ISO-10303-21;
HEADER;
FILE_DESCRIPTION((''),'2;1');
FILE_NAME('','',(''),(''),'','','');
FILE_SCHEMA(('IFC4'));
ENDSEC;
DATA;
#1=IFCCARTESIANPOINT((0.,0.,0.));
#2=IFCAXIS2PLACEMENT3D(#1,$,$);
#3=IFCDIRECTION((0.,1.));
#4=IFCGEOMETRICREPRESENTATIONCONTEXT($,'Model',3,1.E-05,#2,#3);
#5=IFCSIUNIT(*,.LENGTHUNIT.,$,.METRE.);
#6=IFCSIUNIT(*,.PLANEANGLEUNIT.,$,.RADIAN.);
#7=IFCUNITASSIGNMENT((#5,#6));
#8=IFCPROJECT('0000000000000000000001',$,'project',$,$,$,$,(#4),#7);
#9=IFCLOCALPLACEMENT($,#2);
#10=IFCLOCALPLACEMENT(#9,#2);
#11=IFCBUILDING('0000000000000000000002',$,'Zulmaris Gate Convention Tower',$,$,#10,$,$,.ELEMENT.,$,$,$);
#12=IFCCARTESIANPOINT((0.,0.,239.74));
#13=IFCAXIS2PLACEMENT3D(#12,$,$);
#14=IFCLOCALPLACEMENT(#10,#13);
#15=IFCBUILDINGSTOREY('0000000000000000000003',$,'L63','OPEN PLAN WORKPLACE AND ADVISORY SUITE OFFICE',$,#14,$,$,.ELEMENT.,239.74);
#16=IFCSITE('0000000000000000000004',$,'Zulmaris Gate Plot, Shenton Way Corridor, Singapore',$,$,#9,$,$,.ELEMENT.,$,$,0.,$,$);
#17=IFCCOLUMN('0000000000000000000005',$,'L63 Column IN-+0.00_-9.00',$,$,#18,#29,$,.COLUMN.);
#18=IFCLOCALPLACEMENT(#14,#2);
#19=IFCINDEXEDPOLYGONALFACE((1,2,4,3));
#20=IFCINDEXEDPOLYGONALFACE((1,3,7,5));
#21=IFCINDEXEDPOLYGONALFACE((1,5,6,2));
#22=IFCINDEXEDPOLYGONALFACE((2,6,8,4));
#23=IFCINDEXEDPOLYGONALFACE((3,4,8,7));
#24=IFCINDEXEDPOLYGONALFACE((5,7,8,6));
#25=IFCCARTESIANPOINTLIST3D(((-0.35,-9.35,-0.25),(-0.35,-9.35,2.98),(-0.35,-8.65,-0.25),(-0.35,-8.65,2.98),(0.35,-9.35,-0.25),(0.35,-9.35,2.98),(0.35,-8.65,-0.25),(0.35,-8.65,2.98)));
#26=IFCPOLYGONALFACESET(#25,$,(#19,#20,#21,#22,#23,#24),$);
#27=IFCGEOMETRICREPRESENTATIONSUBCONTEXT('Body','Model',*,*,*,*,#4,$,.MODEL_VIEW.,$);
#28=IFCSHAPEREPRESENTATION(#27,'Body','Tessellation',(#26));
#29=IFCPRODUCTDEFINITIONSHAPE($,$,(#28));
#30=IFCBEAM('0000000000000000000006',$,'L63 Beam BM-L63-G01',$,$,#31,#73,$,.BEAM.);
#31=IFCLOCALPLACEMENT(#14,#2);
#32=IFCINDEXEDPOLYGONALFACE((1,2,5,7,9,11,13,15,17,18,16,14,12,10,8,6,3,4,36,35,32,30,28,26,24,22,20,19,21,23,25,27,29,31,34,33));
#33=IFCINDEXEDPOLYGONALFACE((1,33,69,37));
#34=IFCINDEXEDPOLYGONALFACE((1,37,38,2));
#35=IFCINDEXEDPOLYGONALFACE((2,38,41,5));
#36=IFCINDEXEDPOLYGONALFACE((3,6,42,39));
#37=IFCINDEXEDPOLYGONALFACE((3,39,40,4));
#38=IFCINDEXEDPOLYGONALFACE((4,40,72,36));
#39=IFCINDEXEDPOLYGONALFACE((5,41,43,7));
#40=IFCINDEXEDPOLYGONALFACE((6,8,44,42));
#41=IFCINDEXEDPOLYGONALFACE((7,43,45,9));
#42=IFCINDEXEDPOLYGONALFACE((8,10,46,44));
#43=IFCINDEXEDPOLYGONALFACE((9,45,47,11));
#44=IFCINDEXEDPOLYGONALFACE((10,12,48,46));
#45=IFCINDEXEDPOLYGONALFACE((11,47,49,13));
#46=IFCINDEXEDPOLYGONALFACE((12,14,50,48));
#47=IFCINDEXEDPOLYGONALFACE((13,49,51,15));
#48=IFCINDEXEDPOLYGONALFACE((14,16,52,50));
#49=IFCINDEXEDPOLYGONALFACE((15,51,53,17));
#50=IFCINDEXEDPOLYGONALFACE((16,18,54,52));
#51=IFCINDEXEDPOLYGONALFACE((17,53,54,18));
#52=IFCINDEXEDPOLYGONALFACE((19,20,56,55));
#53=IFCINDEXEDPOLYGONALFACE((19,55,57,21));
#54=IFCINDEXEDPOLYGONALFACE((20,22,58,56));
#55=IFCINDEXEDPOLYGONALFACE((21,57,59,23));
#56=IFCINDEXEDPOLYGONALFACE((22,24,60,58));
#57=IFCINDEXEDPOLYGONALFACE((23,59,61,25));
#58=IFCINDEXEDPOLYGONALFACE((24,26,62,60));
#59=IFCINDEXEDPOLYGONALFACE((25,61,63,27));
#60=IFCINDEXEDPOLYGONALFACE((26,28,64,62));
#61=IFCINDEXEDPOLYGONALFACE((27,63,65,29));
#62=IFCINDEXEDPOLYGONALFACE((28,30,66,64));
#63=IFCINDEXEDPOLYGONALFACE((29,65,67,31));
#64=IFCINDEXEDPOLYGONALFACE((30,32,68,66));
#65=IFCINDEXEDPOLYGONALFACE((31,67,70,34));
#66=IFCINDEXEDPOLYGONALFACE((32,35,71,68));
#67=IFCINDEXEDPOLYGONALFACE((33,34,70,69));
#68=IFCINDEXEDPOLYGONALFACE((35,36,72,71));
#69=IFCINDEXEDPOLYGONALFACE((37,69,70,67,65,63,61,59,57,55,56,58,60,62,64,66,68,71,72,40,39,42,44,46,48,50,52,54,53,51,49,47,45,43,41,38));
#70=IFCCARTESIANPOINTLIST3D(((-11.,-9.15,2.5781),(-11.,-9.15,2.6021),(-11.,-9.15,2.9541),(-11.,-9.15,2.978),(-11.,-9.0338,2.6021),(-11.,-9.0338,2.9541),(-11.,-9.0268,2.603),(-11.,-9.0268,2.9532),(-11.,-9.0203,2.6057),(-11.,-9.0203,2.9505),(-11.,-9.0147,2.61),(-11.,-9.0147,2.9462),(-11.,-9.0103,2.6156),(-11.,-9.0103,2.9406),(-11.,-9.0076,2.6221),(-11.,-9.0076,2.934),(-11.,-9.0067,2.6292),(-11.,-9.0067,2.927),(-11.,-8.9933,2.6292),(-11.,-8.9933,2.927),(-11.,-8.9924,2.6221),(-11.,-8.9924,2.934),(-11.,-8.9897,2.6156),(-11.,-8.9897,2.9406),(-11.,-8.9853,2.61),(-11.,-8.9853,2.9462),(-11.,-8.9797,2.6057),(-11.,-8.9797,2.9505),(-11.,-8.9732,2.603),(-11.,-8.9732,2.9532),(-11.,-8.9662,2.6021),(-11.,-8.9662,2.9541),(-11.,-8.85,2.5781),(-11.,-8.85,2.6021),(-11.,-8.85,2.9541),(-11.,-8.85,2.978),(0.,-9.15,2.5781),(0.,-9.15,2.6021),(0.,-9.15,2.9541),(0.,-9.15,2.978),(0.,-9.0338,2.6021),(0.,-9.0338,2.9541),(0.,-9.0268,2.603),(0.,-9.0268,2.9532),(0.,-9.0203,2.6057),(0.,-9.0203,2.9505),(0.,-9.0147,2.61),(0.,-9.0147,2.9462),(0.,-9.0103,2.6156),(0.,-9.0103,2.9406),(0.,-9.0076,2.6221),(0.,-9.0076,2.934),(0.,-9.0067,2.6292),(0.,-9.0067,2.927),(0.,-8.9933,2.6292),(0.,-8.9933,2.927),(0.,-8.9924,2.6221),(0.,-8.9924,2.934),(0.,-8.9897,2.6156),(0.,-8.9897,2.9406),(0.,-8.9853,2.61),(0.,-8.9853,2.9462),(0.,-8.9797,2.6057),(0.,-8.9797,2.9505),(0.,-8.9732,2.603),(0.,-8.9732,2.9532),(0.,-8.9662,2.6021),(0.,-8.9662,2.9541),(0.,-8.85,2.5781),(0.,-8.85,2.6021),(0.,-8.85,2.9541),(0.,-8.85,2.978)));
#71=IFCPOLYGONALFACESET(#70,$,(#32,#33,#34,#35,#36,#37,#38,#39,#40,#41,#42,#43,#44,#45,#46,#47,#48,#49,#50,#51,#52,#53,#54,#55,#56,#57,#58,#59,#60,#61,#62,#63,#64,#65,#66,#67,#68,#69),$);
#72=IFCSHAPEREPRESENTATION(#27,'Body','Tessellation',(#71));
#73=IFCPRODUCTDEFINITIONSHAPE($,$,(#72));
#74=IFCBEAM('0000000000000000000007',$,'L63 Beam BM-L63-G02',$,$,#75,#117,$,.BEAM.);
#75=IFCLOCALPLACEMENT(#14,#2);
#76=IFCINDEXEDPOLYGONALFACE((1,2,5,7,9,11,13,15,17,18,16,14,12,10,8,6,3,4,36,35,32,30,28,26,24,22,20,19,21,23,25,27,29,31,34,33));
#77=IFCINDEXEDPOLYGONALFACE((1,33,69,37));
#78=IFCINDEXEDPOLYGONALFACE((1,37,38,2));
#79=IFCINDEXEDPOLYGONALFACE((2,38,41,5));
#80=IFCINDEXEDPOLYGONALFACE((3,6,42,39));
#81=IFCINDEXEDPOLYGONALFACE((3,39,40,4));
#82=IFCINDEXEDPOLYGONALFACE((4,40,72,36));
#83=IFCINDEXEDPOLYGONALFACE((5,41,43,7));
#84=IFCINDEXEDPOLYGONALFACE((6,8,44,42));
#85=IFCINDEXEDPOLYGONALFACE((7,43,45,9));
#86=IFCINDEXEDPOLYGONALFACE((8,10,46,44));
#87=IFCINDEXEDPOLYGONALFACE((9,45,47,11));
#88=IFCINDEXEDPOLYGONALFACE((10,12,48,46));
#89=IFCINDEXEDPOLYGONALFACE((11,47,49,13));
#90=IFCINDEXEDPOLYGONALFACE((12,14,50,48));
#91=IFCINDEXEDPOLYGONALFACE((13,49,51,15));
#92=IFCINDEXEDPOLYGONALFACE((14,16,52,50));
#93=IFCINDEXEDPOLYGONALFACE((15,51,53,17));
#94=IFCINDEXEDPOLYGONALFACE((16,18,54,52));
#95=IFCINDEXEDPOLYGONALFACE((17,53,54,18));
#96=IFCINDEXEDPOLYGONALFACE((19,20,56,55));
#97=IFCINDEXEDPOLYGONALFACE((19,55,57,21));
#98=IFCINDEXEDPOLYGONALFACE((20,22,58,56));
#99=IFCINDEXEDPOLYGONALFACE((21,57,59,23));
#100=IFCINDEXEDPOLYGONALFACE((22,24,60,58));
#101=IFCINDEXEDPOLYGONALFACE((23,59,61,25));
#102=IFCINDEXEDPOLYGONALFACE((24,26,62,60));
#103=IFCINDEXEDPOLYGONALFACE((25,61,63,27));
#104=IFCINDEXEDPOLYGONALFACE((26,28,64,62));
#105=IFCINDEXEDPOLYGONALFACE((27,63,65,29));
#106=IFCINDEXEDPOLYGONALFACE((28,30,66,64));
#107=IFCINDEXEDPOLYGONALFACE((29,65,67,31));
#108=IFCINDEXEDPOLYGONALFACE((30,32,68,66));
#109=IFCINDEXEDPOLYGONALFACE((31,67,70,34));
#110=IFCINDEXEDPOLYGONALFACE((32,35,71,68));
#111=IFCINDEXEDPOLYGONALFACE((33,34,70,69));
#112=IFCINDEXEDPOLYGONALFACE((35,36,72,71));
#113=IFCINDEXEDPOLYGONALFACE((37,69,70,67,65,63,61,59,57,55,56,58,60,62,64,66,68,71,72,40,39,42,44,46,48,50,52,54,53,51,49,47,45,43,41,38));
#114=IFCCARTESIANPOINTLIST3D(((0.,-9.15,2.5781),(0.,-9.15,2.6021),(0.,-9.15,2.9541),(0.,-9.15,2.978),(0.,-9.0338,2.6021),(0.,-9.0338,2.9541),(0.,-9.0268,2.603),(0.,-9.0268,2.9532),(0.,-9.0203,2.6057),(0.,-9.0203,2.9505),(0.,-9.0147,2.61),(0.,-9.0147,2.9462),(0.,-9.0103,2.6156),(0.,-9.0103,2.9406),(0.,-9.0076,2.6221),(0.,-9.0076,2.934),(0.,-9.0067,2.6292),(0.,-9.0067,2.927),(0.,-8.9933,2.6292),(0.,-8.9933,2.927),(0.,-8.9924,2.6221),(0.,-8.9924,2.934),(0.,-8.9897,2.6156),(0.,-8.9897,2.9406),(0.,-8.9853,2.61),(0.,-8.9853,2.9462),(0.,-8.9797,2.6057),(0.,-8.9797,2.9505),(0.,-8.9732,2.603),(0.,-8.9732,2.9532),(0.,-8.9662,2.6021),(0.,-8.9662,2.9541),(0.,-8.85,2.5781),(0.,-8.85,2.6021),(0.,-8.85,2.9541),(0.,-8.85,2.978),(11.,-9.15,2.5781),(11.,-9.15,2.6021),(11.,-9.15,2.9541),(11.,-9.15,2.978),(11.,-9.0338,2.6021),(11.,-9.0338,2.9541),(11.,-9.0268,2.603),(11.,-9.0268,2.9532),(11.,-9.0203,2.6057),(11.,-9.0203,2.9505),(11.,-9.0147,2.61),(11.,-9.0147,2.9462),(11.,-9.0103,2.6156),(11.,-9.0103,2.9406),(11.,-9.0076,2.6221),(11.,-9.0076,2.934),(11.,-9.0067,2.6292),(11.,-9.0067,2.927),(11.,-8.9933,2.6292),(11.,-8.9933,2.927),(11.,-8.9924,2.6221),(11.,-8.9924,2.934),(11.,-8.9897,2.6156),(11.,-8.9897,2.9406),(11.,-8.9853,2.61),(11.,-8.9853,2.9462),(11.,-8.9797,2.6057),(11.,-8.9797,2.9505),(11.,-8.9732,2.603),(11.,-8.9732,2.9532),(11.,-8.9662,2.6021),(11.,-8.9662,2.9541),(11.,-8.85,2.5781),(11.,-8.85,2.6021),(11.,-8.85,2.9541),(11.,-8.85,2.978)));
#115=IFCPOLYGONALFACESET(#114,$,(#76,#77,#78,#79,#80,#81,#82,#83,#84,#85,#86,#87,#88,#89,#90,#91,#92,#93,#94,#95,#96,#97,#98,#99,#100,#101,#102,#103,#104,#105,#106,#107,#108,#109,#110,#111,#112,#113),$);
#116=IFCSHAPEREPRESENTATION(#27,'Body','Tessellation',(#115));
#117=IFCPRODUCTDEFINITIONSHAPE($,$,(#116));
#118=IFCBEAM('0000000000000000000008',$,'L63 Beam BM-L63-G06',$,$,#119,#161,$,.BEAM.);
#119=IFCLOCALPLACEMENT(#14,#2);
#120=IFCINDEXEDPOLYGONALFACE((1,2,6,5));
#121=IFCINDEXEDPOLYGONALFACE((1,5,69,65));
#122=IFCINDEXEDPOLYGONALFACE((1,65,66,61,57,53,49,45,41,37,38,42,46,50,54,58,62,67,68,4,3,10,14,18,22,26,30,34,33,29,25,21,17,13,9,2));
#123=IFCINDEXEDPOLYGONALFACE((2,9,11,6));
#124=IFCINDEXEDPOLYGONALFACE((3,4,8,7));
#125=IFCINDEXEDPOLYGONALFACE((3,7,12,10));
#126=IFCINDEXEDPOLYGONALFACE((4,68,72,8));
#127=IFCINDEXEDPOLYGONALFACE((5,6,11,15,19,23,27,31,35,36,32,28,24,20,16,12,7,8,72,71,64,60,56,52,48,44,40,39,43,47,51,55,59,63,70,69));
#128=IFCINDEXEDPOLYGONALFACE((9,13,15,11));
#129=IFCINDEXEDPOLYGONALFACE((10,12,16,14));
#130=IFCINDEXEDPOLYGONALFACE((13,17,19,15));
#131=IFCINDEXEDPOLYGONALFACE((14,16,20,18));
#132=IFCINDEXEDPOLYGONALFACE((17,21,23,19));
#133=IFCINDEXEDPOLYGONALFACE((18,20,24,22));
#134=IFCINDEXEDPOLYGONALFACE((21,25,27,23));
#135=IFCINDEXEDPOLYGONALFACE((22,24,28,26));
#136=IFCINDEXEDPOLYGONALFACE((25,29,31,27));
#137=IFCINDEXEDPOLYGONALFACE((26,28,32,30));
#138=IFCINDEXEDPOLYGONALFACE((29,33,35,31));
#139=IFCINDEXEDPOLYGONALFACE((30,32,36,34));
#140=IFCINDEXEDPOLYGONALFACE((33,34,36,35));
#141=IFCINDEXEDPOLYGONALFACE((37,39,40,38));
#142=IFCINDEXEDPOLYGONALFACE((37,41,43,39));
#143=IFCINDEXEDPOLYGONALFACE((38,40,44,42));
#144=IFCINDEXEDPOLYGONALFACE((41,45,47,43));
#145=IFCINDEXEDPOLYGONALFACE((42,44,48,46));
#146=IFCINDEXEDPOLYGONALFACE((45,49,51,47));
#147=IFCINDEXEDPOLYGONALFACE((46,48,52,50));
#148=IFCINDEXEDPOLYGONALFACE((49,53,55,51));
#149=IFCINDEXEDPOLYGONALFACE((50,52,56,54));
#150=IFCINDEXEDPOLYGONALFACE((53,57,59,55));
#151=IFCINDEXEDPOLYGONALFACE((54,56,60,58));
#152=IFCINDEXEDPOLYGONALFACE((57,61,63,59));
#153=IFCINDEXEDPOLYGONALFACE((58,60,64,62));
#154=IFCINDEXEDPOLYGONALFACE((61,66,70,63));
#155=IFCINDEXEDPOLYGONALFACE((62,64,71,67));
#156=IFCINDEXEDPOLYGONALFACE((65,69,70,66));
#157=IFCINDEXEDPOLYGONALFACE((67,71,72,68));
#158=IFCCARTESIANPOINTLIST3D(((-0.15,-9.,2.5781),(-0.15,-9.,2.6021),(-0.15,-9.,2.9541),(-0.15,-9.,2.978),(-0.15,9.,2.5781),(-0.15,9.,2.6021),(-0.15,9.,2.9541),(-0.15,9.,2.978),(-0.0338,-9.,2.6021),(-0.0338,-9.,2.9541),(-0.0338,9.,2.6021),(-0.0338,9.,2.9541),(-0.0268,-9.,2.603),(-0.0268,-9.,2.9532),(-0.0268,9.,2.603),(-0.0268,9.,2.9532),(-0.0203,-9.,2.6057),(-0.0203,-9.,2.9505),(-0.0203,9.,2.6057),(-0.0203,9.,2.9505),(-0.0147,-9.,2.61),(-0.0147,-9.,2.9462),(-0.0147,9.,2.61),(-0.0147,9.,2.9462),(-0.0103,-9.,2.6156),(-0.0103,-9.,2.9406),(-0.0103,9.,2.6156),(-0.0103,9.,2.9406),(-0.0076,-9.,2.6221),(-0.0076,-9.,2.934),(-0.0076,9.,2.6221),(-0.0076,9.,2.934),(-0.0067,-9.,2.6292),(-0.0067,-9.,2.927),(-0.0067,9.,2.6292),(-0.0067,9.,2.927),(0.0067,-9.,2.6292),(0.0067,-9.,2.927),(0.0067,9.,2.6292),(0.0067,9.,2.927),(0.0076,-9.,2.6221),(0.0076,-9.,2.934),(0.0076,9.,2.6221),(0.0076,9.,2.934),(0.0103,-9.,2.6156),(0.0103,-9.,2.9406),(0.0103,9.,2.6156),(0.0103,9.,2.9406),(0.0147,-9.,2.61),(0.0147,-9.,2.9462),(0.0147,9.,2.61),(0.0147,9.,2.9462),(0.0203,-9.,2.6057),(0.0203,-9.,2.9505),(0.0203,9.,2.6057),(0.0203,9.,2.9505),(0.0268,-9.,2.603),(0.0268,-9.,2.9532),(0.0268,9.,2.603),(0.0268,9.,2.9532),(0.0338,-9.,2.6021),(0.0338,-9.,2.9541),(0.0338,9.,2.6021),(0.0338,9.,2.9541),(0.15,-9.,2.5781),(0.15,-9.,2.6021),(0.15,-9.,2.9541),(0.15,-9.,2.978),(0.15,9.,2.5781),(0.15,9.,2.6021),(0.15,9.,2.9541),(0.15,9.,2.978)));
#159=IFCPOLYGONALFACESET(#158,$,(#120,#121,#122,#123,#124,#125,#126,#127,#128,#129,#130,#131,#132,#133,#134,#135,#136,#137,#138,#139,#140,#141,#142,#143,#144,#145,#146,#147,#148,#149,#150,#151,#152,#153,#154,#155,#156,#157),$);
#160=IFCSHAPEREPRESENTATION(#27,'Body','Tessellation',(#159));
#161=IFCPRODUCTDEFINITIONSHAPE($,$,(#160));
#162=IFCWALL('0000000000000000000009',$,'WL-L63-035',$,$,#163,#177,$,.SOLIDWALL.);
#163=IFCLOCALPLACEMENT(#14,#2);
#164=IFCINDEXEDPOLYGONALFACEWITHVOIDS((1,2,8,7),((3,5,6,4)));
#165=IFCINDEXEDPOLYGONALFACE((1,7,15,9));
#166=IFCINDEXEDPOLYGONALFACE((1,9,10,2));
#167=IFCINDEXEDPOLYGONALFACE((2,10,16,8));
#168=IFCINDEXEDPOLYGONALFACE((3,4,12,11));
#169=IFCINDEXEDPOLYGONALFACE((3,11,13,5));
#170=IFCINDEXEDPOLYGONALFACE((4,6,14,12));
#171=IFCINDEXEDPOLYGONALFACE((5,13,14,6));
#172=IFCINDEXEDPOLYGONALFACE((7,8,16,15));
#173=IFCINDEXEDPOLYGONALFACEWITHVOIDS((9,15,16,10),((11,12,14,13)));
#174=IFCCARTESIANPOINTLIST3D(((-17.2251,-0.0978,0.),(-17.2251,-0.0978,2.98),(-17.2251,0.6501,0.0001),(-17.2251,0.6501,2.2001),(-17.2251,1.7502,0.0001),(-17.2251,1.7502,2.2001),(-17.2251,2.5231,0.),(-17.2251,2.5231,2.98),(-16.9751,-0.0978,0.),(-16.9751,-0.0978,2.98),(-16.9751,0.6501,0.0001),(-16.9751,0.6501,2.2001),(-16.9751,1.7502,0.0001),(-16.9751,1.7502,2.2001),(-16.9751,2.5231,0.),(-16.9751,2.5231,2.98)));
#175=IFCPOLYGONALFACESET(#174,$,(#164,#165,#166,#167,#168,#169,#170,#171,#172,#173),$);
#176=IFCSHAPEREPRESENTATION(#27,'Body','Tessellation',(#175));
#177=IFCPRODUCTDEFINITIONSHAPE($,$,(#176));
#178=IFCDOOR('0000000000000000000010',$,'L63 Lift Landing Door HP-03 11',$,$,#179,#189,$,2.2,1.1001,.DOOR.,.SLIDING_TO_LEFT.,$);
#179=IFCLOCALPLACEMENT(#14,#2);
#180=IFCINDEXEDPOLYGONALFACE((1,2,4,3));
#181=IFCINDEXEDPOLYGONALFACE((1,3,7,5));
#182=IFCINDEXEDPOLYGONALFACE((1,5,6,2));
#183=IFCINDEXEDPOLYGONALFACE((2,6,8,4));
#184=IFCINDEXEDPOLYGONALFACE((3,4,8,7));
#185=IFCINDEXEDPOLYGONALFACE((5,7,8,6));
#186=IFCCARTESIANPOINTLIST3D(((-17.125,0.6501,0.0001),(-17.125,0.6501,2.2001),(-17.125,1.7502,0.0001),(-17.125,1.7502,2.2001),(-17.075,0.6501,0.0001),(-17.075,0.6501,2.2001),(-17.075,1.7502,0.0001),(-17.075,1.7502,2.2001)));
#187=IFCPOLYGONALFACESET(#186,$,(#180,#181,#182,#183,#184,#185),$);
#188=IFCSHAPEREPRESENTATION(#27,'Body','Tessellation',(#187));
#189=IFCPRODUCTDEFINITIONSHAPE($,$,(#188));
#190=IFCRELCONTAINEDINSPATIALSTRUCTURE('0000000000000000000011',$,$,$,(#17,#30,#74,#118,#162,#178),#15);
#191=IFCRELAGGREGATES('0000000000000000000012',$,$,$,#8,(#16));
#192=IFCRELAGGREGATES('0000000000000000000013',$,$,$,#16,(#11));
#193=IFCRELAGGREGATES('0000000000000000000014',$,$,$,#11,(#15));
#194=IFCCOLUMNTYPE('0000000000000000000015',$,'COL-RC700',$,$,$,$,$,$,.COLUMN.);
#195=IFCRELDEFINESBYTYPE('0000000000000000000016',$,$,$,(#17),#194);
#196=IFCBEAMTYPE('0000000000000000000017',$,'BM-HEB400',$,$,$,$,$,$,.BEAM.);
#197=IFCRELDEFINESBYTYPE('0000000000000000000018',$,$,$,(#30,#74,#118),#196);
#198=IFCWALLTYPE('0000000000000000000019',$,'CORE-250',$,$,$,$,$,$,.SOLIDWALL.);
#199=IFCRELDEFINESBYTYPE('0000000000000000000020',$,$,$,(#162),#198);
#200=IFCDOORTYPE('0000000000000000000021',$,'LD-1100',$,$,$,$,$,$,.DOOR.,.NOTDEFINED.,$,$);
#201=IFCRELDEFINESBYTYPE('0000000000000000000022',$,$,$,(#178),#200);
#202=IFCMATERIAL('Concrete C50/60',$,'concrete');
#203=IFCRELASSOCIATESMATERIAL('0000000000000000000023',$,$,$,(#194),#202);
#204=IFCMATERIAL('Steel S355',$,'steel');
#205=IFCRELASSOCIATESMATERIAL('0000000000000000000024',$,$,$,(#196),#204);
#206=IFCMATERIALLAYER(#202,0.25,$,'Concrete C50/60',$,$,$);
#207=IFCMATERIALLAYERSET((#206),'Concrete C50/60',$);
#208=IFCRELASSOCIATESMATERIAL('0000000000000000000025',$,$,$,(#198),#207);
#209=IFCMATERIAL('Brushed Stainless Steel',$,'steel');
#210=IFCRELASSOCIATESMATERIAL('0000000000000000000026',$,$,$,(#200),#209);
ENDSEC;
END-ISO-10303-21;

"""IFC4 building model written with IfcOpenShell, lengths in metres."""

from ifc_helpers import new_model, si_unit, direction, frame, frame_2d, origin, origin_2d, place, context, subcontext, project, spatial, rectangle, i_section, extrude, material, layer, layer_set, material_profile, profile_set, type_object, element, fill, save


model = new_model("IFC4")

# Units and contexts
model_context = context("Model", 3, precision=1e-05, world=origin(), true_north=direction((0.0, 1.0)))
body_context = subcontext(model_context, "Body", "Model", "MODEL_VIEW")
ifc_project = project(units=[si_unit("LENGTHUNIT", "METRE"), si_unit("PLANEANGLEUNIT", "RADIAN")], contexts=[model_context])

# Site, building, storey
site_placement = place(None, origin())
site = spatial("IfcSite", under=ifc_project, at=site_placement, Name="Zulmaris Gate Plot, Shenton Way Corridor, Singapore", CompositionType="ELEMENT", RefElevation=0.0)
building_placement = place(site_placement, origin())
building = spatial("IfcBuilding", under=site, at=building_placement, Name="Zulmaris Gate Convention Tower", CompositionType="ELEMENT")
storey_placement = place(building_placement, frame((0.0, 0.0, 239.74)))
storey = spatial("IfcBuildingStorey", under=building, at=storey_placement, Name="L63", Description="OPEN PLAN WORKPLACE AND ADVISORY SUITE OFFICE", CompositionType="ELEMENT", Elevation=239.74)

# Column
ifc_material_1 = material(Name="Concrete C50/60", Category="concrete")
ifc_material_profile_1 = material_profile(ifc_material_1, rectangle(XDim=0.7, YDim=0.7, at=origin_2d()), Name="RC COL 700x700")
ifc_profile_set_1 = profile_set([ifc_material_profile_1], Name="Concrete C50/60")
column_type = type_object("IfcColumnType", Name="COL-RC700", PredefinedType="COLUMN", material=ifc_profile_set_1)
column_placement = place(storey_placement, frame((0.0, -9.0, -0.25), z_axis=(0.0, 0.0, 1.0), x_axis=(1.0, 0.0, 0.0)))
element("IfcColumn", 1, at=column_placement, inside=storey, type_object=column_type, Name="L63 Column IN-+0.00_-9.00", PredefinedType="COLUMN", context=body_context, shape_type="SweptSolid", body=[
    extrude(rectangle(XDim=0.7, YDim=0.7, at=origin_2d()), origin(), (0.0, 0.0, 1.0), 3.23),
])

# Beams
ifc_material_2 = material(Name="Steel S355", Category="steel")
ifc_material_profile_2 = material_profile(ifc_material_2, i_section(OverallWidth=0.3, OverallDepth=0.3999, WebThickness=0.0134, FlangeThickness=0.0239, FilletRadius=0.0271, at=origin_2d()), Name="HEB 400")
ifc_profile_set_2 = profile_set([ifc_material_profile_2], Name="Steel S355")
beam_type = type_object("IfcBeamType", Name="BM-HEB400", PredefinedType="BEAM", material=ifc_profile_set_2)
for number, where, z_axis, x_axis, name in (
    (2, (-11.0, -9.0, 2.7781), (1.0, 0.0, 0.0), (0.0, 1.0, 0.0), "L63 Beam BM-L63-G01"),
    (3, (0.0, -9.0, 2.7781), (1.0, 0.0, 0.0), (0.0, 1.0, 0.0), "L63 Beam BM-L63-G02"),
):
    element("IfcBeam", number, at=place(storey_placement, frame(where, z_axis=z_axis, x_axis=x_axis)), inside=storey, type_object=beam_type, Name=name, PredefinedType="BEAM", context=body_context, shape_type="SweptSolid", body=[
        extrude(i_section(OverallWidth=0.3, OverallDepth=0.3999, WebThickness=0.0134, FlangeThickness=0.0239, FilletRadius=0.0271, at=origin_2d()), origin(), (0.0, 0.0, 1.0), 11.0),
    ])
beam_placement = place(storey_placement, frame((0.0, -9.0, 2.7781), z_axis=(0.0, 1.0, 0.0), x_axis=(-1.0, 0.0, 0.0)))
element("IfcBeam", 4, at=beam_placement, inside=storey, type_object=beam_type, Name="L63 Beam BM-L63-G06", PredefinedType="BEAM", context=body_context, shape_type="SweptSolid", body=[
    extrude(i_section(OverallWidth=0.3, OverallDepth=0.3999, WebThickness=0.0134, FlangeThickness=0.0239, FilletRadius=0.0271, at=origin_2d()), origin(), (0.0, 0.0, 1.0), 18.0),
])

# Wall, opening, door
ifc_layer_1 = layer(ifc_material_1, 0.25, Name="Concrete C50/60")
ifc_layer_set_1 = layer_set([ifc_layer_1], Name="Concrete C50/60")
wall_type_1 = type_object("IfcWallType", Name="CORE-250", PredefinedType="SOLIDWALL", material=ifc_layer_set_1)
wall_1_placement = place(storey_placement, frame((-17.1001, -0.0979, 0.0), z_axis=(0.0, 0.0, 1.0), x_axis=(0.0, 1.0, 0.0)))
wall_1 = element("IfcWall", 5, at=wall_1_placement, inside=storey, type_object=wall_type_1, Name="WL-L63-035", PredefinedType="SOLIDWALL", context=body_context, shape_type="SweptSolid", body=[
    extrude(rectangle(XDim=2.6208, YDim=0.25, at=frame_2d((1.3105, 0.0))), origin(), (0.0, 0.0, 1.0), 2.98),
])
opening_1_placement = place(wall_1_placement, frame((0.748, 0.0, 0.0)))
opening_1 = element("IfcOpeningElement", 6, at=opening_1_placement, cuts=wall_1, PredefinedType="OPENING", context=body_context, shape_type="SweptSolid", body=[
    extrude(rectangle(XDim=1.1001, YDim=2.2, at=frame_2d((0.55, 1.1001))), frame((0.0, 0.135, 0.0), z_axis=(0.0, -1.0, 0.0), x_axis=(1.0, 0.0, 0.0)), (0.0, 0.0, 1.0), 0.27),
])
ifc_material_3 = material(Name="Brushed Stainless Steel", Category="steel")
door_type_1 = type_object("IfcDoorType", Name="LD-1100", OperationType="NOTDEFINED", PredefinedType="DOOR", material=ifc_material_3)
door_1_placement = place(opening_1_placement, origin())
door_1 = element("IfcDoor", 7, at=door_1_placement, inside=storey, type_object=door_type_1, Name="L63 Lift Landing Door HP-03 11", OperationType="SLIDING_TO_LEFT", OverallHeight=2.2, OverallWidth=1.1001, PredefinedType="DOOR", context=body_context, shape_type="SweptSolid", body=[
    extrude(rectangle(XDim=1.1001, YDim=2.2, at=frame_2d((0.55, 1.1001))), frame((0.0, 0.0249, 0.0), z_axis=(0.0, -1.0, 0.0), x_axis=(1.0, 0.0, 0.0)), (0.0, 0.0, 1.0), 0.05),
])
fill(opening_1, door_1)

save(model, "model.ifc")
